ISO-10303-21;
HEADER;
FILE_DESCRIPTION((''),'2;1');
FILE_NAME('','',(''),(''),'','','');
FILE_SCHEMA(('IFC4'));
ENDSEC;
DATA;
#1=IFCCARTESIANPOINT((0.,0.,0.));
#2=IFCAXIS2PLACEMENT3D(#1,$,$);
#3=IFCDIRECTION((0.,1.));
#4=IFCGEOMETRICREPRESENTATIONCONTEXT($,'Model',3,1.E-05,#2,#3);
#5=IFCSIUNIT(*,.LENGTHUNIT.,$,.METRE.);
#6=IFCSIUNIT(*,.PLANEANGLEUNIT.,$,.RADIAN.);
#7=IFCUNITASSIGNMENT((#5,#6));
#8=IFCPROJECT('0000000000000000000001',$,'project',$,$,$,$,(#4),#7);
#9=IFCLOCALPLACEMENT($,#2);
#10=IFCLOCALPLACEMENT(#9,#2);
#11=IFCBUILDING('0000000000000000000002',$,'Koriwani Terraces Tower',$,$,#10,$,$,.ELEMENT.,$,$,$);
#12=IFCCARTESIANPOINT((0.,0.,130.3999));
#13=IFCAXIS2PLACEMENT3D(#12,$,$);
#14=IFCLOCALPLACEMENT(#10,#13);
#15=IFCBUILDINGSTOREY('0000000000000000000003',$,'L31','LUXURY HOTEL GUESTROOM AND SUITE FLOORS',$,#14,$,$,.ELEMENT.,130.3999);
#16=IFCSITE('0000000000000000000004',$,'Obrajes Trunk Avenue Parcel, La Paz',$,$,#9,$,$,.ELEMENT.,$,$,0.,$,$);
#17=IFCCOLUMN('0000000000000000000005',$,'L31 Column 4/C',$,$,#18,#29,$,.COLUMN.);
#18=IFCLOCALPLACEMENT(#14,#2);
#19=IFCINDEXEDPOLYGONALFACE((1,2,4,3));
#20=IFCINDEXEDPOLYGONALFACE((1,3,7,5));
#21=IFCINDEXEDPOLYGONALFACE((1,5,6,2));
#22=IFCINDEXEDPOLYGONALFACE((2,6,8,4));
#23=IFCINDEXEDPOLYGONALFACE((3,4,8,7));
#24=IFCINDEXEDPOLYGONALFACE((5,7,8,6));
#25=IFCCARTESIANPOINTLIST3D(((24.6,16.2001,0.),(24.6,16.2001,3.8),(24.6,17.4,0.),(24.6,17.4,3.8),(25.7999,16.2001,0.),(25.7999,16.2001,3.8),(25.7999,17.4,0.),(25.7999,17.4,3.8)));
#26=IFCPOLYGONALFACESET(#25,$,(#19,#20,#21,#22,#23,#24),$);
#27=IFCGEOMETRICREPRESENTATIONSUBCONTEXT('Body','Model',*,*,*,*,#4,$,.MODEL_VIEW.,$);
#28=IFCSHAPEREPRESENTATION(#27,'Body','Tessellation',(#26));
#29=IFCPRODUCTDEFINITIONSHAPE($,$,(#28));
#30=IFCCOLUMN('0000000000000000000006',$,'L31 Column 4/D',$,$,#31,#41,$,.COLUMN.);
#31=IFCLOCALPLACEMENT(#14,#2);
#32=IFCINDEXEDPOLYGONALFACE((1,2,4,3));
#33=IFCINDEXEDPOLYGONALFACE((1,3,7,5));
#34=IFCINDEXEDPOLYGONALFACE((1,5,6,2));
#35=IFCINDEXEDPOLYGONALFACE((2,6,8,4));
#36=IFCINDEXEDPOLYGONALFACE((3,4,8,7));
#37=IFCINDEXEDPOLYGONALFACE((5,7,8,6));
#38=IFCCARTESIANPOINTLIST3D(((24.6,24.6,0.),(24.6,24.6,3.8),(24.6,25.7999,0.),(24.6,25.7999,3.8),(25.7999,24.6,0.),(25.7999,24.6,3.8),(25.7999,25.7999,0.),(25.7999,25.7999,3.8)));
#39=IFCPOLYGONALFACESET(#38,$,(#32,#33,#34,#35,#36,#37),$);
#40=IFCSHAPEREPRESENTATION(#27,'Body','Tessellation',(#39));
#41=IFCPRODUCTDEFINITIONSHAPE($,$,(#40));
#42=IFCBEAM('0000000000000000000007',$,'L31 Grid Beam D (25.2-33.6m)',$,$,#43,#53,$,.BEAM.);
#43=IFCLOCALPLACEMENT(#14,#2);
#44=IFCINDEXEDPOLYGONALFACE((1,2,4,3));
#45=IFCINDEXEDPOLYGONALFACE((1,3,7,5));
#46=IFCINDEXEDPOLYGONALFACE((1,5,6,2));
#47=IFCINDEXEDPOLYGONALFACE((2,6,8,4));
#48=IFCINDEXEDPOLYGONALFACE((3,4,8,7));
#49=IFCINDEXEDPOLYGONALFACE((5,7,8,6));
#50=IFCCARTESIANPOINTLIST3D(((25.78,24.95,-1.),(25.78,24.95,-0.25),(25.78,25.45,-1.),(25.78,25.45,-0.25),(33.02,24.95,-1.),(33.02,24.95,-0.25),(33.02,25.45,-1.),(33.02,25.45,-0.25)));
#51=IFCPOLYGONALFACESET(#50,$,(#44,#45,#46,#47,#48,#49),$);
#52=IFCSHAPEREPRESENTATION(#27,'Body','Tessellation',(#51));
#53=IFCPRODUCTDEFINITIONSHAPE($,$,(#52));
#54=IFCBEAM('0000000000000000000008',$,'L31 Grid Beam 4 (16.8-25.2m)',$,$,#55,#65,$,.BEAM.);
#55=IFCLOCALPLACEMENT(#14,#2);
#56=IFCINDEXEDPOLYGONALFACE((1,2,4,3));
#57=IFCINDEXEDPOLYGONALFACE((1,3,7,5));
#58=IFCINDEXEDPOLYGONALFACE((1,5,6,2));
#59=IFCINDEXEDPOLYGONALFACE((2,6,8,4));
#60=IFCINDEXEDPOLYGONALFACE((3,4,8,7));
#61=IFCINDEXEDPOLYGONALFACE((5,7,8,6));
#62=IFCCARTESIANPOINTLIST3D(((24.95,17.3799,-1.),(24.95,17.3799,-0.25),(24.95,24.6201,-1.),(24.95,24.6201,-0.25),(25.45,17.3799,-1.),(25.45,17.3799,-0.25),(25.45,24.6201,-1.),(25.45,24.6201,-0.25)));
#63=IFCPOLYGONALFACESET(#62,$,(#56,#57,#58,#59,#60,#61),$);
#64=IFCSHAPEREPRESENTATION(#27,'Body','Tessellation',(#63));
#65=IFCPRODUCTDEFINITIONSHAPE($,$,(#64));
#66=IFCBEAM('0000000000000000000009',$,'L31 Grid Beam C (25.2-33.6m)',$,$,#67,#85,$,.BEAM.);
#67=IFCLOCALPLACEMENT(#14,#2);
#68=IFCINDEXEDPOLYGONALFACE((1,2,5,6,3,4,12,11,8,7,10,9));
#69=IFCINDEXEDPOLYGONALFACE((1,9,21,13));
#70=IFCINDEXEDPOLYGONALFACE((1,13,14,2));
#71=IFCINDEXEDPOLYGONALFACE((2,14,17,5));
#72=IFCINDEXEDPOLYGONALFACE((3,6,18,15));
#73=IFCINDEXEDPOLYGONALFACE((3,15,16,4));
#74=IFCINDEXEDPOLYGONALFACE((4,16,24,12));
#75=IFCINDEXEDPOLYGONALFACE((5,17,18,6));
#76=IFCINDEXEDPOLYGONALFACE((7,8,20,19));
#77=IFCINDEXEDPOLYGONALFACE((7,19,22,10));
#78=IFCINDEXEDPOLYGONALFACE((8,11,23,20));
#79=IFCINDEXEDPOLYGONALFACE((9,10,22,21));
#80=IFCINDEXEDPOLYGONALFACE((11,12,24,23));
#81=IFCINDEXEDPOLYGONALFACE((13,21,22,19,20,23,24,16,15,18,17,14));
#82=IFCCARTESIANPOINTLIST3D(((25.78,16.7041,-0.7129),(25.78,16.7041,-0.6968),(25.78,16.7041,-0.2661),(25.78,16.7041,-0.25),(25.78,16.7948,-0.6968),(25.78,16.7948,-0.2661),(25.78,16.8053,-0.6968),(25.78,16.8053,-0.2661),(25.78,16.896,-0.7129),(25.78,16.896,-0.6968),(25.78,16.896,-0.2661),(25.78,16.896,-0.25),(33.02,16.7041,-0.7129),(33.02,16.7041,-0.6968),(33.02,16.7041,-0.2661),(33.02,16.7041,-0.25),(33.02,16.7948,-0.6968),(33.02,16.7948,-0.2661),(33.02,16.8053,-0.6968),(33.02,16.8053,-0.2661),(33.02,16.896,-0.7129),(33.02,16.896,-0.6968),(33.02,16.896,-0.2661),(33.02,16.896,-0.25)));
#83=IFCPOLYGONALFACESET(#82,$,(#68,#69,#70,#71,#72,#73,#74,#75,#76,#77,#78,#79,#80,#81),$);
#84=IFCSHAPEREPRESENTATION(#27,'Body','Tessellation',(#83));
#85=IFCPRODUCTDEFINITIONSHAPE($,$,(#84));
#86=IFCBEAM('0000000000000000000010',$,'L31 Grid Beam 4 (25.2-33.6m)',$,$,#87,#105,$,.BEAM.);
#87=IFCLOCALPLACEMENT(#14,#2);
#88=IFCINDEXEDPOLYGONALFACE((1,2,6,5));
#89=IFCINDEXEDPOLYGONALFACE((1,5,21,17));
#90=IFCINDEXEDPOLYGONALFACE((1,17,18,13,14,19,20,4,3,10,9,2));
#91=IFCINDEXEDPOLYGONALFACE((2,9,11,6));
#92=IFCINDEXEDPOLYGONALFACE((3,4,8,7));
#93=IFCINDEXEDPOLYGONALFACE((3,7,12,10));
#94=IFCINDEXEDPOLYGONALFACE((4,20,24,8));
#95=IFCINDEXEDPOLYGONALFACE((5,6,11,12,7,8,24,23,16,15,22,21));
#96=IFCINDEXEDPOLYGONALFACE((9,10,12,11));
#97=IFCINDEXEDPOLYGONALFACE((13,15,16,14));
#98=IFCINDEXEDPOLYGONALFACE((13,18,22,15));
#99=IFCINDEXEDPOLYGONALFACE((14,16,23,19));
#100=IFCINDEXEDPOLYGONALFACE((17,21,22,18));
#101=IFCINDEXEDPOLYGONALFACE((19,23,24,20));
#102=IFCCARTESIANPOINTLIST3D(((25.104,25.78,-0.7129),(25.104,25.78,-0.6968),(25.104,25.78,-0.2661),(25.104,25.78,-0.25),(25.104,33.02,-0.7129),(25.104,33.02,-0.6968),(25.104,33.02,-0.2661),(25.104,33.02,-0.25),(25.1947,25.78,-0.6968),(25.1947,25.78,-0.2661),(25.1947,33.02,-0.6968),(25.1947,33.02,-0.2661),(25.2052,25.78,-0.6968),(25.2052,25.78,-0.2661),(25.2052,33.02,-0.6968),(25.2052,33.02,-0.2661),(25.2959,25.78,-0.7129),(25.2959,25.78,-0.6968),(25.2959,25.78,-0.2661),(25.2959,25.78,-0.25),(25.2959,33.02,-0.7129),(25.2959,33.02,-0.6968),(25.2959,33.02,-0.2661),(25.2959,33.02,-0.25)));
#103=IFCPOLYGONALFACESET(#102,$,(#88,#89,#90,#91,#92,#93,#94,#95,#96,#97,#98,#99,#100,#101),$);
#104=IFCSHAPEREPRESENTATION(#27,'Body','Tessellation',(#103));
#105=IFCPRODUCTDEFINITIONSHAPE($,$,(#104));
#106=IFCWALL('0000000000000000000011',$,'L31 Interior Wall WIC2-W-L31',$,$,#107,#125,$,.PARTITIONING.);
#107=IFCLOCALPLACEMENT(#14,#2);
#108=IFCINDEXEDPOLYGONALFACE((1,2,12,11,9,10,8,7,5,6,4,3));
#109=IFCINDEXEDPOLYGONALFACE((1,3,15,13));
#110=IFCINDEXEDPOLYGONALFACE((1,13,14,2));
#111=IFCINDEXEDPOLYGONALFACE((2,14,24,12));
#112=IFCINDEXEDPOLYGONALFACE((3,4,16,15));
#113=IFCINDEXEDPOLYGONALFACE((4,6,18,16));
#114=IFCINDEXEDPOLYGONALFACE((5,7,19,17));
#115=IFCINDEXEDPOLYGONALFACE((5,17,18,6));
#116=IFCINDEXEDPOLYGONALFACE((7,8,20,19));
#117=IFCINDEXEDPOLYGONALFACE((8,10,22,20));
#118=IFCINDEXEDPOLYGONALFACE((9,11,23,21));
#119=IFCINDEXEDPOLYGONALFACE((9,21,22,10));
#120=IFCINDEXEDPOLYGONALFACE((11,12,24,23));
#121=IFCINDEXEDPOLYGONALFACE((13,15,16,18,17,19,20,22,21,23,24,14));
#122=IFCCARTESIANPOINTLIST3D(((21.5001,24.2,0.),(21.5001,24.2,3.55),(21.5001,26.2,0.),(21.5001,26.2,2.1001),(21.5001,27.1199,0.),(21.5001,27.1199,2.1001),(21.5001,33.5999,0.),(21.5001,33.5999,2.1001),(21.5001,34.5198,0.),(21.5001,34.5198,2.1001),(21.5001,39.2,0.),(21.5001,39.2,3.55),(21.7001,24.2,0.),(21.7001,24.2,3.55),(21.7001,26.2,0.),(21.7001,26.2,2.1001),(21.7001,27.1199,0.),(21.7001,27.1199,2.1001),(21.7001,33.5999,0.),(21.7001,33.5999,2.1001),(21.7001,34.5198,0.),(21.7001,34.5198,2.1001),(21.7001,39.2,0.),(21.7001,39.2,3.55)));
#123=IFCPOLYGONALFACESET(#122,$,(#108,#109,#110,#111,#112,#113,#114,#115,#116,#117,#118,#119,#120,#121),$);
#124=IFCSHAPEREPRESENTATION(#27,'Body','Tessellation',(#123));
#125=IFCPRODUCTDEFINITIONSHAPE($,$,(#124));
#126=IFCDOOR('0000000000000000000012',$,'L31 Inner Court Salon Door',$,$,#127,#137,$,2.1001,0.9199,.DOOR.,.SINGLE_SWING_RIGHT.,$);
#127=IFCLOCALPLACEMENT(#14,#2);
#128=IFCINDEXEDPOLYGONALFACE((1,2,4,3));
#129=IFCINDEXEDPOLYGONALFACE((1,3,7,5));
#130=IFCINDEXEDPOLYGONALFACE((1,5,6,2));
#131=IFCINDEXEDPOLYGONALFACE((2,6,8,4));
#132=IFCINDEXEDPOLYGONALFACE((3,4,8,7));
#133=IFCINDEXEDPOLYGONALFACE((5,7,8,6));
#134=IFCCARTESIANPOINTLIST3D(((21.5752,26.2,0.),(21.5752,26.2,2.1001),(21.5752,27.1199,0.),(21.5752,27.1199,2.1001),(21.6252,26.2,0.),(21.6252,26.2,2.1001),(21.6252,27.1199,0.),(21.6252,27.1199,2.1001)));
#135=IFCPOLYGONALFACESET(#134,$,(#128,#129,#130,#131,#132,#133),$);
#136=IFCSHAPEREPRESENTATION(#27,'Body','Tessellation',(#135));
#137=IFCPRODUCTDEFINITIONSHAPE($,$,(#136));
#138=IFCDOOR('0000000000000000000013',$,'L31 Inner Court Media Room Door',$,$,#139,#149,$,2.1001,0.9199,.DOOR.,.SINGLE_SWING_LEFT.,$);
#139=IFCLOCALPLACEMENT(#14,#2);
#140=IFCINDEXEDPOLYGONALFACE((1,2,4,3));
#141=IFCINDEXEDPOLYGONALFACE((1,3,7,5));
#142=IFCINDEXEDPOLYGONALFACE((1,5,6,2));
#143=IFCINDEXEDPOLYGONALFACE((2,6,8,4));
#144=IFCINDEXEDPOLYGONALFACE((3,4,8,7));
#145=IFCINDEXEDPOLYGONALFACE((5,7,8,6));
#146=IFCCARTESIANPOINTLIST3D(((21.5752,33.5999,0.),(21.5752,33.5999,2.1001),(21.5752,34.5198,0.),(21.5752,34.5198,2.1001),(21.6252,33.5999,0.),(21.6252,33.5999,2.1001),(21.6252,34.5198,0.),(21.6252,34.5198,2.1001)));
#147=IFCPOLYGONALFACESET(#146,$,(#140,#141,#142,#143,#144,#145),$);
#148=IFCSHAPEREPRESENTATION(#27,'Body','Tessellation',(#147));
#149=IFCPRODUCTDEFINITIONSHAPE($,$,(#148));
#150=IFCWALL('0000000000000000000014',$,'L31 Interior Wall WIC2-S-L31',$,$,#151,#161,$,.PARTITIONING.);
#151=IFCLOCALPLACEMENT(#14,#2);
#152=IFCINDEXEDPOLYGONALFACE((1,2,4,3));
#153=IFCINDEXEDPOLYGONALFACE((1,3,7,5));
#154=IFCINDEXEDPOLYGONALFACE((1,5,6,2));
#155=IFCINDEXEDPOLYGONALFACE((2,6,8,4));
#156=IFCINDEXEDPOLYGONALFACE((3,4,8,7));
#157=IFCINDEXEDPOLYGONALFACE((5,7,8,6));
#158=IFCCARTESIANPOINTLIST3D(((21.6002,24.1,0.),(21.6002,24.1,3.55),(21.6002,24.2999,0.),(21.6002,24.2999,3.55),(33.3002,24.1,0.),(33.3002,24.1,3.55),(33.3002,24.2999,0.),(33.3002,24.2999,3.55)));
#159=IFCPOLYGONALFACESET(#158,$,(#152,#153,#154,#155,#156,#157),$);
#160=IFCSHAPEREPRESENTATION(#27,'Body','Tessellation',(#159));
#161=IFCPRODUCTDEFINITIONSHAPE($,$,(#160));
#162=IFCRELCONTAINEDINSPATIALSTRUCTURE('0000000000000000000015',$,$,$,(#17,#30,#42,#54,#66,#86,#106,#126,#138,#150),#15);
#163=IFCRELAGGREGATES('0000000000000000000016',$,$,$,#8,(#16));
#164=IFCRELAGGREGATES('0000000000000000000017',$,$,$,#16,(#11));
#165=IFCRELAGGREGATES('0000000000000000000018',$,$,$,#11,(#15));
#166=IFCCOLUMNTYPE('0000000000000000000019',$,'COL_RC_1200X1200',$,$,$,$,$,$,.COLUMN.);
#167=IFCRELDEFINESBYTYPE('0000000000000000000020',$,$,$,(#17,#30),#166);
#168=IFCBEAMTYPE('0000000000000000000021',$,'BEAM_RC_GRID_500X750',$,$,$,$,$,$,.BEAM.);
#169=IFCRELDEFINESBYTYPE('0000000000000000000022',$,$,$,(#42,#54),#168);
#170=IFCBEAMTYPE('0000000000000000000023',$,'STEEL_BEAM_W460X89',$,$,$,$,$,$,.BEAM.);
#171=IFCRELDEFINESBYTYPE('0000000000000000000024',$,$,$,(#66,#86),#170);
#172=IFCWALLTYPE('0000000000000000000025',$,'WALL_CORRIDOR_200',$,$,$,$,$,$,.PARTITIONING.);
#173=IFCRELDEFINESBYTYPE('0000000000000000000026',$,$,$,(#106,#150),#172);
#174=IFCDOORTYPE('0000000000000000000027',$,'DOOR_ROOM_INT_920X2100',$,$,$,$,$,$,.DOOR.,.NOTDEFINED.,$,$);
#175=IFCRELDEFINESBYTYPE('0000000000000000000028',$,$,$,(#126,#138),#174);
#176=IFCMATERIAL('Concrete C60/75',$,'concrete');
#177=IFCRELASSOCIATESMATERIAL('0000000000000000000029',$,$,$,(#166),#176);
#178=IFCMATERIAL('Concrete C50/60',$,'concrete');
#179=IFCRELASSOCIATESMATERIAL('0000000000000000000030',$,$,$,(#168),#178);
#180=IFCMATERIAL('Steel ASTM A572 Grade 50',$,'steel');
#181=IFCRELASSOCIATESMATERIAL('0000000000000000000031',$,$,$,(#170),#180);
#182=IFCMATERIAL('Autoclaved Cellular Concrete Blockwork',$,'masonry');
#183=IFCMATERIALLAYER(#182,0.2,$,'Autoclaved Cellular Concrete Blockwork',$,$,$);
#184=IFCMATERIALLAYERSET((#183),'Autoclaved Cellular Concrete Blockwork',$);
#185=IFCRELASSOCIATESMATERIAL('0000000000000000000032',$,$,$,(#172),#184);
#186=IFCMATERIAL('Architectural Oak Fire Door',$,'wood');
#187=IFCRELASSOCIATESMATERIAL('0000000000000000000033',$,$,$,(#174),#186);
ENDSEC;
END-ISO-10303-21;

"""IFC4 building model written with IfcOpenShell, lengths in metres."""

from ifc_helpers import new_model, si_unit, direction, frame, frame_2d, origin, origin_2d, place, context, subcontext, project, spatial, rectangle, i_section, extrude, material, layer, layer_set, material_profile, profile_set, type_object, element, fill, save


model = new_model("IFC4")

# Units and contexts
model_context = context("Model", 3, precision=1e-05, world=origin(), true_north=direction((0.0, 1.0)))
body_context = subcontext(model_context, "Body", "Model", "MODEL_VIEW")
ifc_project = project(units=[si_unit("LENGTHUNIT", "METRE"), si_unit("PLANEANGLEUNIT", "RADIAN")], contexts=[model_context])

# Site, building, storey
site_placement = place(None, origin())
site = spatial("IfcSite", under=ifc_project, at=site_placement, Name="Obrajes Trunk Avenue Parcel, La Paz", CompositionType="ELEMENT", RefElevation=0.0)
building_placement = place(site_placement, origin())
building = spatial("IfcBuilding", under=site, at=building_placement, Name="Koriwani Terraces Tower", CompositionType="ELEMENT")
storey_placement = place(building_placement, frame((0.0, 0.0, 130.3999)))
storey = spatial("IfcBuildingStorey", under=building, at=storey_placement, Name="L31", Description="LUXURY HOTEL GUESTROOM AND SUITE FLOORS", CompositionType="ELEMENT", Elevation=130.3999)

# Columns
ifc_material_1 = material(Name="Concrete C60/75", Category="concrete")
ifc_material_profile_1 = material_profile(ifc_material_1, rectangle(XDim=1.2, YDim=1.2, at=origin_2d()), Name="Concrete C60/75", Category="LoadBearing")
ifc_profile_set_1 = profile_set([ifc_material_profile_1], Name="Concrete C60/75")
column_type = type_object("IfcColumnType", Name="COL_RC_1200X1200", PredefinedType="COLUMN", material=ifc_profile_set_1)
for number, where, z_axis, x_axis, name in (
    (1, (25.2, 16.8, 0.0), (0.0, 0.0, 1.0), (1.0, 0.0, 0.0), "L31 Column 4/C"),
    (2, (25.2, 25.2, 0.0), (0.0, 0.0, 1.0), (1.0, 0.0, 0.0), "L31 Column 4/D"),
):
    element("IfcColumn", number, at=place(storey_placement, frame(where, z_axis=z_axis, x_axis=x_axis)), inside=storey, type_object=column_type, Name=name, PredefinedType="COLUMN", context=body_context, shape_type="SweptSolid", body=[
        extrude(rectangle(XDim=1.2, YDim=1.2, at=origin_2d()), origin(), (0.0, 0.0, 1.0), 3.8),
    ])

# Beams
ifc_material_2 = material(Name="Concrete C50/60", Category="concrete")
ifc_material_profile_2 = material_profile(ifc_material_2, rectangle(XDim=0.5, YDim=0.75, at=origin_2d()), Name="Concrete C50/60", Category="LoadBearing")
ifc_profile_set_2 = profile_set([ifc_material_profile_2], Name="Concrete C50/60")
beam_type_1 = type_object("IfcBeamType", Name="BEAM_RC_GRID_500X750", PredefinedType="BEAM", material=ifc_profile_set_2)
beam_1_placement = place(storey_placement, frame((25.78, 25.2, -0.625), z_axis=(1.0, 0.0, 0.0), x_axis=(0.0, 1.0, 0.0)))
element("IfcBeam", 3, at=beam_1_placement, inside=storey, type_object=beam_type_1, Name="L31 Grid Beam D (25.2-33.6m)", PredefinedType="BEAM", context=body_context, shape_type="SweptSolid", body=[
    extrude(rectangle(XDim=0.5, YDim=0.75, at=origin_2d()), origin(), (0.0, 0.0, 1.0), 7.24),
])
beam_2_placement = place(storey_placement, frame((25.2, 17.3799, -0.625), z_axis=(0.0, 1.0, 0.0), x_axis=(-1.0, 0.0, 0.0)))
element("IfcBeam", 4, at=beam_2_placement, inside=storey, type_object=beam_type_1, Name="L31 Grid Beam 4 (16.8-25.2m)", PredefinedType="BEAM", context=body_context, shape_type="SweptSolid", body=[
    extrude(rectangle(XDim=0.5, YDim=0.75, at=origin_2d()), origin(), (0.0, 0.0, 1.0), 7.2402),
])
ifc_material_3 = material(Name="Steel ASTM A572 Grade 50", Category="steel")
ifc_material_profile_3 = material_profile(ifc_material_3, i_section(OverallWidth=0.1919, OverallDepth=0.4629, WebThickness=0.0105, FlangeThickness=0.0161, at=origin_2d()), Name="Steel ASTM A572 Grade 50", Category="LoadBearing")
ifc_profile_set_3 = profile_set([ifc_material_profile_3], Name="Steel ASTM A572 Grade 50")
beam_type_2 = type_object("IfcBeamType", Name="STEEL_BEAM_W460X89", PredefinedType="BEAM", material=ifc_profile_set_3)
for number, where, z_axis, x_axis, name in (
    (5, (25.78, 16.8, -0.4814), (1.0, 0.0, 0.0), (0.0, 1.0, 0.0), "L31 Grid Beam C (25.2-33.6m)"),
    (6, (25.2, 25.78, -0.4814), (0.0, 1.0, 0.0), (-1.0, 0.0, 0.0), "L31 Grid Beam 4 (25.2-33.6m)"),
):
    element("IfcBeam", number, at=place(storey_placement, frame(where, z_axis=z_axis, x_axis=x_axis)), inside=storey, type_object=beam_type_2, Name=name, PredefinedType="BEAM", context=body_context, shape_type="SweptSolid", body=[
        extrude(i_section(OverallWidth=0.1919, OverallDepth=0.4629, WebThickness=0.0105, FlangeThickness=0.0161, at=origin_2d()), origin(), (0.0, 0.0, 1.0), 7.24),
    ])

# Wall, openings, doors
ifc_material_4 = material(Name="Autoclaved Cellular Concrete Blockwork", Category="masonry")
ifc_layer_1 = layer(ifc_material_4, 0.2, Name="Autoclaved Cellular Concrete Blockwork")
ifc_layer_set_1 = layer_set([ifc_layer_1], Name="Autoclaved Cellular Concrete Blockwork")
wall_type_1 = type_object("IfcWallType", Name="WALL_CORRIDOR_200", PredefinedType="PARTITIONING", material=ifc_layer_set_1)
wall_1_placement = place(storey_placement, frame((21.6001, 24.2, 0.0), z_axis=(0.0, 0.0, 1.0), x_axis=(0.0, 1.0, 0.0)))
wall_1 = element("IfcWall", 7, at=wall_1_placement, inside=storey, type_object=wall_type_1, Name="L31 Interior Wall WIC2-W-L31", PredefinedType="PARTITIONING", context=body_context, shape_type="SweptSolid", body=[
    extrude(rectangle(XDim=15.0, YDim=0.2, at=frame_2d((7.5, 0.0))), origin(), (0.0, 0.0, 1.0), 3.55),
])
opening_1_placement = place(wall_1_placement, frame((2.0, 0.0, 0.0)))
opening_1 = element("IfcOpeningElement", 8, at=opening_1_placement, cuts=wall_1, PredefinedType="OPENING", context=body_context, shape_type="SweptSolid", body=[
    extrude(rectangle(XDim=0.9199, YDim=2.1001, at=frame_2d((0.46, 1.05))), frame((0.0, 0.1099, 0.0), z_axis=(0.0, -1.0, 0.0), x_axis=(1.0, 0.0, 0.0)), (0.0, 0.0, 1.0), 0.22),
])
opening_2_placement = place(wall_1_placement, frame((9.3999, 0.0, 0.0)))
opening_2 = element("IfcOpeningElement", 9, at=opening_2_placement, cuts=wall_1, PredefinedType="OPENING", context=body_context, shape_type="SweptSolid", body=[
    extrude(rectangle(XDim=0.9199, YDim=2.1001, at=frame_2d((0.46, 1.05))), frame((0.0, 0.1099, 0.0), z_axis=(0.0, -1.0, 0.0), x_axis=(1.0, 0.0, 0.0)), (0.0, 0.0, 1.0), 0.22),
])
ifc_material_5 = material(Name="Architectural Oak Fire Door", Category="wood")
door_type_1 = type_object("IfcDoorType", Name="DOOR_ROOM_INT_920X2100", OperationType="NOTDEFINED", PredefinedType="DOOR", material=ifc_material_5)
door_1_placement = place(opening_1_placement, origin())
door_1 = element("IfcDoor", 10, at=door_1_placement, inside=storey, type_object=door_type_1, Name="L31 Inner Court Salon Door", OperationType="SINGLE_SWING_RIGHT", OverallHeight=2.1001, OverallWidth=0.9199, PredefinedType="DOOR", context=body_context, shape_type="SweptSolid", body=[
    extrude(rectangle(XDim=0.9199, YDim=2.1001, at=frame_2d((0.46, 1.05))), frame((0.0, 0.0249, 0.0), z_axis=(0.0, -1.0, 0.0), x_axis=(1.0, 0.0, 0.0)), (0.0, 0.0, 1.0), 0.05),
])
fill(opening_1, door_1)
door_2_placement = place(opening_2_placement, origin())
door_2 = element("IfcDoor", 11, at=door_2_placement, inside=storey, type_object=door_type_1, Name="L31 Inner Court Media Room Door", OperationType="SINGLE_SWING_LEFT", OverallHeight=2.1001, OverallWidth=0.9199, PredefinedType="DOOR", context=body_context, shape_type="SweptSolid", body=[
    extrude(rectangle(XDim=0.9199, YDim=2.1001, at=frame_2d((0.46, 1.05))), frame((0.0, 0.0249, 0.0), z_axis=(0.0, -1.0, 0.0), x_axis=(1.0, 0.0, 0.0)), (0.0, 0.0, 1.0), 0.05),
])
fill(opening_2, door_2)

# Wall
wall_2_placement = place(storey_placement, frame((21.6001, 24.2, 0.0), z_axis=(0.0, 0.0, 1.0), x_axis=(1.0, 0.0, 0.0)))
element("IfcWall", 12, at=wall_2_placement, inside=storey, type_object=wall_type_1, Name="L31 Interior Wall WIC2-S-L31", PredefinedType="PARTITIONING", context=body_context, shape_type="SweptSolid", body=[
    extrude(rectangle(XDim=11.7, YDim=0.2, at=frame_2d((5.8501, 0.0))), origin(), (0.0, 0.0, 1.0), 3.55),
])

save(model, "model.ifc")
